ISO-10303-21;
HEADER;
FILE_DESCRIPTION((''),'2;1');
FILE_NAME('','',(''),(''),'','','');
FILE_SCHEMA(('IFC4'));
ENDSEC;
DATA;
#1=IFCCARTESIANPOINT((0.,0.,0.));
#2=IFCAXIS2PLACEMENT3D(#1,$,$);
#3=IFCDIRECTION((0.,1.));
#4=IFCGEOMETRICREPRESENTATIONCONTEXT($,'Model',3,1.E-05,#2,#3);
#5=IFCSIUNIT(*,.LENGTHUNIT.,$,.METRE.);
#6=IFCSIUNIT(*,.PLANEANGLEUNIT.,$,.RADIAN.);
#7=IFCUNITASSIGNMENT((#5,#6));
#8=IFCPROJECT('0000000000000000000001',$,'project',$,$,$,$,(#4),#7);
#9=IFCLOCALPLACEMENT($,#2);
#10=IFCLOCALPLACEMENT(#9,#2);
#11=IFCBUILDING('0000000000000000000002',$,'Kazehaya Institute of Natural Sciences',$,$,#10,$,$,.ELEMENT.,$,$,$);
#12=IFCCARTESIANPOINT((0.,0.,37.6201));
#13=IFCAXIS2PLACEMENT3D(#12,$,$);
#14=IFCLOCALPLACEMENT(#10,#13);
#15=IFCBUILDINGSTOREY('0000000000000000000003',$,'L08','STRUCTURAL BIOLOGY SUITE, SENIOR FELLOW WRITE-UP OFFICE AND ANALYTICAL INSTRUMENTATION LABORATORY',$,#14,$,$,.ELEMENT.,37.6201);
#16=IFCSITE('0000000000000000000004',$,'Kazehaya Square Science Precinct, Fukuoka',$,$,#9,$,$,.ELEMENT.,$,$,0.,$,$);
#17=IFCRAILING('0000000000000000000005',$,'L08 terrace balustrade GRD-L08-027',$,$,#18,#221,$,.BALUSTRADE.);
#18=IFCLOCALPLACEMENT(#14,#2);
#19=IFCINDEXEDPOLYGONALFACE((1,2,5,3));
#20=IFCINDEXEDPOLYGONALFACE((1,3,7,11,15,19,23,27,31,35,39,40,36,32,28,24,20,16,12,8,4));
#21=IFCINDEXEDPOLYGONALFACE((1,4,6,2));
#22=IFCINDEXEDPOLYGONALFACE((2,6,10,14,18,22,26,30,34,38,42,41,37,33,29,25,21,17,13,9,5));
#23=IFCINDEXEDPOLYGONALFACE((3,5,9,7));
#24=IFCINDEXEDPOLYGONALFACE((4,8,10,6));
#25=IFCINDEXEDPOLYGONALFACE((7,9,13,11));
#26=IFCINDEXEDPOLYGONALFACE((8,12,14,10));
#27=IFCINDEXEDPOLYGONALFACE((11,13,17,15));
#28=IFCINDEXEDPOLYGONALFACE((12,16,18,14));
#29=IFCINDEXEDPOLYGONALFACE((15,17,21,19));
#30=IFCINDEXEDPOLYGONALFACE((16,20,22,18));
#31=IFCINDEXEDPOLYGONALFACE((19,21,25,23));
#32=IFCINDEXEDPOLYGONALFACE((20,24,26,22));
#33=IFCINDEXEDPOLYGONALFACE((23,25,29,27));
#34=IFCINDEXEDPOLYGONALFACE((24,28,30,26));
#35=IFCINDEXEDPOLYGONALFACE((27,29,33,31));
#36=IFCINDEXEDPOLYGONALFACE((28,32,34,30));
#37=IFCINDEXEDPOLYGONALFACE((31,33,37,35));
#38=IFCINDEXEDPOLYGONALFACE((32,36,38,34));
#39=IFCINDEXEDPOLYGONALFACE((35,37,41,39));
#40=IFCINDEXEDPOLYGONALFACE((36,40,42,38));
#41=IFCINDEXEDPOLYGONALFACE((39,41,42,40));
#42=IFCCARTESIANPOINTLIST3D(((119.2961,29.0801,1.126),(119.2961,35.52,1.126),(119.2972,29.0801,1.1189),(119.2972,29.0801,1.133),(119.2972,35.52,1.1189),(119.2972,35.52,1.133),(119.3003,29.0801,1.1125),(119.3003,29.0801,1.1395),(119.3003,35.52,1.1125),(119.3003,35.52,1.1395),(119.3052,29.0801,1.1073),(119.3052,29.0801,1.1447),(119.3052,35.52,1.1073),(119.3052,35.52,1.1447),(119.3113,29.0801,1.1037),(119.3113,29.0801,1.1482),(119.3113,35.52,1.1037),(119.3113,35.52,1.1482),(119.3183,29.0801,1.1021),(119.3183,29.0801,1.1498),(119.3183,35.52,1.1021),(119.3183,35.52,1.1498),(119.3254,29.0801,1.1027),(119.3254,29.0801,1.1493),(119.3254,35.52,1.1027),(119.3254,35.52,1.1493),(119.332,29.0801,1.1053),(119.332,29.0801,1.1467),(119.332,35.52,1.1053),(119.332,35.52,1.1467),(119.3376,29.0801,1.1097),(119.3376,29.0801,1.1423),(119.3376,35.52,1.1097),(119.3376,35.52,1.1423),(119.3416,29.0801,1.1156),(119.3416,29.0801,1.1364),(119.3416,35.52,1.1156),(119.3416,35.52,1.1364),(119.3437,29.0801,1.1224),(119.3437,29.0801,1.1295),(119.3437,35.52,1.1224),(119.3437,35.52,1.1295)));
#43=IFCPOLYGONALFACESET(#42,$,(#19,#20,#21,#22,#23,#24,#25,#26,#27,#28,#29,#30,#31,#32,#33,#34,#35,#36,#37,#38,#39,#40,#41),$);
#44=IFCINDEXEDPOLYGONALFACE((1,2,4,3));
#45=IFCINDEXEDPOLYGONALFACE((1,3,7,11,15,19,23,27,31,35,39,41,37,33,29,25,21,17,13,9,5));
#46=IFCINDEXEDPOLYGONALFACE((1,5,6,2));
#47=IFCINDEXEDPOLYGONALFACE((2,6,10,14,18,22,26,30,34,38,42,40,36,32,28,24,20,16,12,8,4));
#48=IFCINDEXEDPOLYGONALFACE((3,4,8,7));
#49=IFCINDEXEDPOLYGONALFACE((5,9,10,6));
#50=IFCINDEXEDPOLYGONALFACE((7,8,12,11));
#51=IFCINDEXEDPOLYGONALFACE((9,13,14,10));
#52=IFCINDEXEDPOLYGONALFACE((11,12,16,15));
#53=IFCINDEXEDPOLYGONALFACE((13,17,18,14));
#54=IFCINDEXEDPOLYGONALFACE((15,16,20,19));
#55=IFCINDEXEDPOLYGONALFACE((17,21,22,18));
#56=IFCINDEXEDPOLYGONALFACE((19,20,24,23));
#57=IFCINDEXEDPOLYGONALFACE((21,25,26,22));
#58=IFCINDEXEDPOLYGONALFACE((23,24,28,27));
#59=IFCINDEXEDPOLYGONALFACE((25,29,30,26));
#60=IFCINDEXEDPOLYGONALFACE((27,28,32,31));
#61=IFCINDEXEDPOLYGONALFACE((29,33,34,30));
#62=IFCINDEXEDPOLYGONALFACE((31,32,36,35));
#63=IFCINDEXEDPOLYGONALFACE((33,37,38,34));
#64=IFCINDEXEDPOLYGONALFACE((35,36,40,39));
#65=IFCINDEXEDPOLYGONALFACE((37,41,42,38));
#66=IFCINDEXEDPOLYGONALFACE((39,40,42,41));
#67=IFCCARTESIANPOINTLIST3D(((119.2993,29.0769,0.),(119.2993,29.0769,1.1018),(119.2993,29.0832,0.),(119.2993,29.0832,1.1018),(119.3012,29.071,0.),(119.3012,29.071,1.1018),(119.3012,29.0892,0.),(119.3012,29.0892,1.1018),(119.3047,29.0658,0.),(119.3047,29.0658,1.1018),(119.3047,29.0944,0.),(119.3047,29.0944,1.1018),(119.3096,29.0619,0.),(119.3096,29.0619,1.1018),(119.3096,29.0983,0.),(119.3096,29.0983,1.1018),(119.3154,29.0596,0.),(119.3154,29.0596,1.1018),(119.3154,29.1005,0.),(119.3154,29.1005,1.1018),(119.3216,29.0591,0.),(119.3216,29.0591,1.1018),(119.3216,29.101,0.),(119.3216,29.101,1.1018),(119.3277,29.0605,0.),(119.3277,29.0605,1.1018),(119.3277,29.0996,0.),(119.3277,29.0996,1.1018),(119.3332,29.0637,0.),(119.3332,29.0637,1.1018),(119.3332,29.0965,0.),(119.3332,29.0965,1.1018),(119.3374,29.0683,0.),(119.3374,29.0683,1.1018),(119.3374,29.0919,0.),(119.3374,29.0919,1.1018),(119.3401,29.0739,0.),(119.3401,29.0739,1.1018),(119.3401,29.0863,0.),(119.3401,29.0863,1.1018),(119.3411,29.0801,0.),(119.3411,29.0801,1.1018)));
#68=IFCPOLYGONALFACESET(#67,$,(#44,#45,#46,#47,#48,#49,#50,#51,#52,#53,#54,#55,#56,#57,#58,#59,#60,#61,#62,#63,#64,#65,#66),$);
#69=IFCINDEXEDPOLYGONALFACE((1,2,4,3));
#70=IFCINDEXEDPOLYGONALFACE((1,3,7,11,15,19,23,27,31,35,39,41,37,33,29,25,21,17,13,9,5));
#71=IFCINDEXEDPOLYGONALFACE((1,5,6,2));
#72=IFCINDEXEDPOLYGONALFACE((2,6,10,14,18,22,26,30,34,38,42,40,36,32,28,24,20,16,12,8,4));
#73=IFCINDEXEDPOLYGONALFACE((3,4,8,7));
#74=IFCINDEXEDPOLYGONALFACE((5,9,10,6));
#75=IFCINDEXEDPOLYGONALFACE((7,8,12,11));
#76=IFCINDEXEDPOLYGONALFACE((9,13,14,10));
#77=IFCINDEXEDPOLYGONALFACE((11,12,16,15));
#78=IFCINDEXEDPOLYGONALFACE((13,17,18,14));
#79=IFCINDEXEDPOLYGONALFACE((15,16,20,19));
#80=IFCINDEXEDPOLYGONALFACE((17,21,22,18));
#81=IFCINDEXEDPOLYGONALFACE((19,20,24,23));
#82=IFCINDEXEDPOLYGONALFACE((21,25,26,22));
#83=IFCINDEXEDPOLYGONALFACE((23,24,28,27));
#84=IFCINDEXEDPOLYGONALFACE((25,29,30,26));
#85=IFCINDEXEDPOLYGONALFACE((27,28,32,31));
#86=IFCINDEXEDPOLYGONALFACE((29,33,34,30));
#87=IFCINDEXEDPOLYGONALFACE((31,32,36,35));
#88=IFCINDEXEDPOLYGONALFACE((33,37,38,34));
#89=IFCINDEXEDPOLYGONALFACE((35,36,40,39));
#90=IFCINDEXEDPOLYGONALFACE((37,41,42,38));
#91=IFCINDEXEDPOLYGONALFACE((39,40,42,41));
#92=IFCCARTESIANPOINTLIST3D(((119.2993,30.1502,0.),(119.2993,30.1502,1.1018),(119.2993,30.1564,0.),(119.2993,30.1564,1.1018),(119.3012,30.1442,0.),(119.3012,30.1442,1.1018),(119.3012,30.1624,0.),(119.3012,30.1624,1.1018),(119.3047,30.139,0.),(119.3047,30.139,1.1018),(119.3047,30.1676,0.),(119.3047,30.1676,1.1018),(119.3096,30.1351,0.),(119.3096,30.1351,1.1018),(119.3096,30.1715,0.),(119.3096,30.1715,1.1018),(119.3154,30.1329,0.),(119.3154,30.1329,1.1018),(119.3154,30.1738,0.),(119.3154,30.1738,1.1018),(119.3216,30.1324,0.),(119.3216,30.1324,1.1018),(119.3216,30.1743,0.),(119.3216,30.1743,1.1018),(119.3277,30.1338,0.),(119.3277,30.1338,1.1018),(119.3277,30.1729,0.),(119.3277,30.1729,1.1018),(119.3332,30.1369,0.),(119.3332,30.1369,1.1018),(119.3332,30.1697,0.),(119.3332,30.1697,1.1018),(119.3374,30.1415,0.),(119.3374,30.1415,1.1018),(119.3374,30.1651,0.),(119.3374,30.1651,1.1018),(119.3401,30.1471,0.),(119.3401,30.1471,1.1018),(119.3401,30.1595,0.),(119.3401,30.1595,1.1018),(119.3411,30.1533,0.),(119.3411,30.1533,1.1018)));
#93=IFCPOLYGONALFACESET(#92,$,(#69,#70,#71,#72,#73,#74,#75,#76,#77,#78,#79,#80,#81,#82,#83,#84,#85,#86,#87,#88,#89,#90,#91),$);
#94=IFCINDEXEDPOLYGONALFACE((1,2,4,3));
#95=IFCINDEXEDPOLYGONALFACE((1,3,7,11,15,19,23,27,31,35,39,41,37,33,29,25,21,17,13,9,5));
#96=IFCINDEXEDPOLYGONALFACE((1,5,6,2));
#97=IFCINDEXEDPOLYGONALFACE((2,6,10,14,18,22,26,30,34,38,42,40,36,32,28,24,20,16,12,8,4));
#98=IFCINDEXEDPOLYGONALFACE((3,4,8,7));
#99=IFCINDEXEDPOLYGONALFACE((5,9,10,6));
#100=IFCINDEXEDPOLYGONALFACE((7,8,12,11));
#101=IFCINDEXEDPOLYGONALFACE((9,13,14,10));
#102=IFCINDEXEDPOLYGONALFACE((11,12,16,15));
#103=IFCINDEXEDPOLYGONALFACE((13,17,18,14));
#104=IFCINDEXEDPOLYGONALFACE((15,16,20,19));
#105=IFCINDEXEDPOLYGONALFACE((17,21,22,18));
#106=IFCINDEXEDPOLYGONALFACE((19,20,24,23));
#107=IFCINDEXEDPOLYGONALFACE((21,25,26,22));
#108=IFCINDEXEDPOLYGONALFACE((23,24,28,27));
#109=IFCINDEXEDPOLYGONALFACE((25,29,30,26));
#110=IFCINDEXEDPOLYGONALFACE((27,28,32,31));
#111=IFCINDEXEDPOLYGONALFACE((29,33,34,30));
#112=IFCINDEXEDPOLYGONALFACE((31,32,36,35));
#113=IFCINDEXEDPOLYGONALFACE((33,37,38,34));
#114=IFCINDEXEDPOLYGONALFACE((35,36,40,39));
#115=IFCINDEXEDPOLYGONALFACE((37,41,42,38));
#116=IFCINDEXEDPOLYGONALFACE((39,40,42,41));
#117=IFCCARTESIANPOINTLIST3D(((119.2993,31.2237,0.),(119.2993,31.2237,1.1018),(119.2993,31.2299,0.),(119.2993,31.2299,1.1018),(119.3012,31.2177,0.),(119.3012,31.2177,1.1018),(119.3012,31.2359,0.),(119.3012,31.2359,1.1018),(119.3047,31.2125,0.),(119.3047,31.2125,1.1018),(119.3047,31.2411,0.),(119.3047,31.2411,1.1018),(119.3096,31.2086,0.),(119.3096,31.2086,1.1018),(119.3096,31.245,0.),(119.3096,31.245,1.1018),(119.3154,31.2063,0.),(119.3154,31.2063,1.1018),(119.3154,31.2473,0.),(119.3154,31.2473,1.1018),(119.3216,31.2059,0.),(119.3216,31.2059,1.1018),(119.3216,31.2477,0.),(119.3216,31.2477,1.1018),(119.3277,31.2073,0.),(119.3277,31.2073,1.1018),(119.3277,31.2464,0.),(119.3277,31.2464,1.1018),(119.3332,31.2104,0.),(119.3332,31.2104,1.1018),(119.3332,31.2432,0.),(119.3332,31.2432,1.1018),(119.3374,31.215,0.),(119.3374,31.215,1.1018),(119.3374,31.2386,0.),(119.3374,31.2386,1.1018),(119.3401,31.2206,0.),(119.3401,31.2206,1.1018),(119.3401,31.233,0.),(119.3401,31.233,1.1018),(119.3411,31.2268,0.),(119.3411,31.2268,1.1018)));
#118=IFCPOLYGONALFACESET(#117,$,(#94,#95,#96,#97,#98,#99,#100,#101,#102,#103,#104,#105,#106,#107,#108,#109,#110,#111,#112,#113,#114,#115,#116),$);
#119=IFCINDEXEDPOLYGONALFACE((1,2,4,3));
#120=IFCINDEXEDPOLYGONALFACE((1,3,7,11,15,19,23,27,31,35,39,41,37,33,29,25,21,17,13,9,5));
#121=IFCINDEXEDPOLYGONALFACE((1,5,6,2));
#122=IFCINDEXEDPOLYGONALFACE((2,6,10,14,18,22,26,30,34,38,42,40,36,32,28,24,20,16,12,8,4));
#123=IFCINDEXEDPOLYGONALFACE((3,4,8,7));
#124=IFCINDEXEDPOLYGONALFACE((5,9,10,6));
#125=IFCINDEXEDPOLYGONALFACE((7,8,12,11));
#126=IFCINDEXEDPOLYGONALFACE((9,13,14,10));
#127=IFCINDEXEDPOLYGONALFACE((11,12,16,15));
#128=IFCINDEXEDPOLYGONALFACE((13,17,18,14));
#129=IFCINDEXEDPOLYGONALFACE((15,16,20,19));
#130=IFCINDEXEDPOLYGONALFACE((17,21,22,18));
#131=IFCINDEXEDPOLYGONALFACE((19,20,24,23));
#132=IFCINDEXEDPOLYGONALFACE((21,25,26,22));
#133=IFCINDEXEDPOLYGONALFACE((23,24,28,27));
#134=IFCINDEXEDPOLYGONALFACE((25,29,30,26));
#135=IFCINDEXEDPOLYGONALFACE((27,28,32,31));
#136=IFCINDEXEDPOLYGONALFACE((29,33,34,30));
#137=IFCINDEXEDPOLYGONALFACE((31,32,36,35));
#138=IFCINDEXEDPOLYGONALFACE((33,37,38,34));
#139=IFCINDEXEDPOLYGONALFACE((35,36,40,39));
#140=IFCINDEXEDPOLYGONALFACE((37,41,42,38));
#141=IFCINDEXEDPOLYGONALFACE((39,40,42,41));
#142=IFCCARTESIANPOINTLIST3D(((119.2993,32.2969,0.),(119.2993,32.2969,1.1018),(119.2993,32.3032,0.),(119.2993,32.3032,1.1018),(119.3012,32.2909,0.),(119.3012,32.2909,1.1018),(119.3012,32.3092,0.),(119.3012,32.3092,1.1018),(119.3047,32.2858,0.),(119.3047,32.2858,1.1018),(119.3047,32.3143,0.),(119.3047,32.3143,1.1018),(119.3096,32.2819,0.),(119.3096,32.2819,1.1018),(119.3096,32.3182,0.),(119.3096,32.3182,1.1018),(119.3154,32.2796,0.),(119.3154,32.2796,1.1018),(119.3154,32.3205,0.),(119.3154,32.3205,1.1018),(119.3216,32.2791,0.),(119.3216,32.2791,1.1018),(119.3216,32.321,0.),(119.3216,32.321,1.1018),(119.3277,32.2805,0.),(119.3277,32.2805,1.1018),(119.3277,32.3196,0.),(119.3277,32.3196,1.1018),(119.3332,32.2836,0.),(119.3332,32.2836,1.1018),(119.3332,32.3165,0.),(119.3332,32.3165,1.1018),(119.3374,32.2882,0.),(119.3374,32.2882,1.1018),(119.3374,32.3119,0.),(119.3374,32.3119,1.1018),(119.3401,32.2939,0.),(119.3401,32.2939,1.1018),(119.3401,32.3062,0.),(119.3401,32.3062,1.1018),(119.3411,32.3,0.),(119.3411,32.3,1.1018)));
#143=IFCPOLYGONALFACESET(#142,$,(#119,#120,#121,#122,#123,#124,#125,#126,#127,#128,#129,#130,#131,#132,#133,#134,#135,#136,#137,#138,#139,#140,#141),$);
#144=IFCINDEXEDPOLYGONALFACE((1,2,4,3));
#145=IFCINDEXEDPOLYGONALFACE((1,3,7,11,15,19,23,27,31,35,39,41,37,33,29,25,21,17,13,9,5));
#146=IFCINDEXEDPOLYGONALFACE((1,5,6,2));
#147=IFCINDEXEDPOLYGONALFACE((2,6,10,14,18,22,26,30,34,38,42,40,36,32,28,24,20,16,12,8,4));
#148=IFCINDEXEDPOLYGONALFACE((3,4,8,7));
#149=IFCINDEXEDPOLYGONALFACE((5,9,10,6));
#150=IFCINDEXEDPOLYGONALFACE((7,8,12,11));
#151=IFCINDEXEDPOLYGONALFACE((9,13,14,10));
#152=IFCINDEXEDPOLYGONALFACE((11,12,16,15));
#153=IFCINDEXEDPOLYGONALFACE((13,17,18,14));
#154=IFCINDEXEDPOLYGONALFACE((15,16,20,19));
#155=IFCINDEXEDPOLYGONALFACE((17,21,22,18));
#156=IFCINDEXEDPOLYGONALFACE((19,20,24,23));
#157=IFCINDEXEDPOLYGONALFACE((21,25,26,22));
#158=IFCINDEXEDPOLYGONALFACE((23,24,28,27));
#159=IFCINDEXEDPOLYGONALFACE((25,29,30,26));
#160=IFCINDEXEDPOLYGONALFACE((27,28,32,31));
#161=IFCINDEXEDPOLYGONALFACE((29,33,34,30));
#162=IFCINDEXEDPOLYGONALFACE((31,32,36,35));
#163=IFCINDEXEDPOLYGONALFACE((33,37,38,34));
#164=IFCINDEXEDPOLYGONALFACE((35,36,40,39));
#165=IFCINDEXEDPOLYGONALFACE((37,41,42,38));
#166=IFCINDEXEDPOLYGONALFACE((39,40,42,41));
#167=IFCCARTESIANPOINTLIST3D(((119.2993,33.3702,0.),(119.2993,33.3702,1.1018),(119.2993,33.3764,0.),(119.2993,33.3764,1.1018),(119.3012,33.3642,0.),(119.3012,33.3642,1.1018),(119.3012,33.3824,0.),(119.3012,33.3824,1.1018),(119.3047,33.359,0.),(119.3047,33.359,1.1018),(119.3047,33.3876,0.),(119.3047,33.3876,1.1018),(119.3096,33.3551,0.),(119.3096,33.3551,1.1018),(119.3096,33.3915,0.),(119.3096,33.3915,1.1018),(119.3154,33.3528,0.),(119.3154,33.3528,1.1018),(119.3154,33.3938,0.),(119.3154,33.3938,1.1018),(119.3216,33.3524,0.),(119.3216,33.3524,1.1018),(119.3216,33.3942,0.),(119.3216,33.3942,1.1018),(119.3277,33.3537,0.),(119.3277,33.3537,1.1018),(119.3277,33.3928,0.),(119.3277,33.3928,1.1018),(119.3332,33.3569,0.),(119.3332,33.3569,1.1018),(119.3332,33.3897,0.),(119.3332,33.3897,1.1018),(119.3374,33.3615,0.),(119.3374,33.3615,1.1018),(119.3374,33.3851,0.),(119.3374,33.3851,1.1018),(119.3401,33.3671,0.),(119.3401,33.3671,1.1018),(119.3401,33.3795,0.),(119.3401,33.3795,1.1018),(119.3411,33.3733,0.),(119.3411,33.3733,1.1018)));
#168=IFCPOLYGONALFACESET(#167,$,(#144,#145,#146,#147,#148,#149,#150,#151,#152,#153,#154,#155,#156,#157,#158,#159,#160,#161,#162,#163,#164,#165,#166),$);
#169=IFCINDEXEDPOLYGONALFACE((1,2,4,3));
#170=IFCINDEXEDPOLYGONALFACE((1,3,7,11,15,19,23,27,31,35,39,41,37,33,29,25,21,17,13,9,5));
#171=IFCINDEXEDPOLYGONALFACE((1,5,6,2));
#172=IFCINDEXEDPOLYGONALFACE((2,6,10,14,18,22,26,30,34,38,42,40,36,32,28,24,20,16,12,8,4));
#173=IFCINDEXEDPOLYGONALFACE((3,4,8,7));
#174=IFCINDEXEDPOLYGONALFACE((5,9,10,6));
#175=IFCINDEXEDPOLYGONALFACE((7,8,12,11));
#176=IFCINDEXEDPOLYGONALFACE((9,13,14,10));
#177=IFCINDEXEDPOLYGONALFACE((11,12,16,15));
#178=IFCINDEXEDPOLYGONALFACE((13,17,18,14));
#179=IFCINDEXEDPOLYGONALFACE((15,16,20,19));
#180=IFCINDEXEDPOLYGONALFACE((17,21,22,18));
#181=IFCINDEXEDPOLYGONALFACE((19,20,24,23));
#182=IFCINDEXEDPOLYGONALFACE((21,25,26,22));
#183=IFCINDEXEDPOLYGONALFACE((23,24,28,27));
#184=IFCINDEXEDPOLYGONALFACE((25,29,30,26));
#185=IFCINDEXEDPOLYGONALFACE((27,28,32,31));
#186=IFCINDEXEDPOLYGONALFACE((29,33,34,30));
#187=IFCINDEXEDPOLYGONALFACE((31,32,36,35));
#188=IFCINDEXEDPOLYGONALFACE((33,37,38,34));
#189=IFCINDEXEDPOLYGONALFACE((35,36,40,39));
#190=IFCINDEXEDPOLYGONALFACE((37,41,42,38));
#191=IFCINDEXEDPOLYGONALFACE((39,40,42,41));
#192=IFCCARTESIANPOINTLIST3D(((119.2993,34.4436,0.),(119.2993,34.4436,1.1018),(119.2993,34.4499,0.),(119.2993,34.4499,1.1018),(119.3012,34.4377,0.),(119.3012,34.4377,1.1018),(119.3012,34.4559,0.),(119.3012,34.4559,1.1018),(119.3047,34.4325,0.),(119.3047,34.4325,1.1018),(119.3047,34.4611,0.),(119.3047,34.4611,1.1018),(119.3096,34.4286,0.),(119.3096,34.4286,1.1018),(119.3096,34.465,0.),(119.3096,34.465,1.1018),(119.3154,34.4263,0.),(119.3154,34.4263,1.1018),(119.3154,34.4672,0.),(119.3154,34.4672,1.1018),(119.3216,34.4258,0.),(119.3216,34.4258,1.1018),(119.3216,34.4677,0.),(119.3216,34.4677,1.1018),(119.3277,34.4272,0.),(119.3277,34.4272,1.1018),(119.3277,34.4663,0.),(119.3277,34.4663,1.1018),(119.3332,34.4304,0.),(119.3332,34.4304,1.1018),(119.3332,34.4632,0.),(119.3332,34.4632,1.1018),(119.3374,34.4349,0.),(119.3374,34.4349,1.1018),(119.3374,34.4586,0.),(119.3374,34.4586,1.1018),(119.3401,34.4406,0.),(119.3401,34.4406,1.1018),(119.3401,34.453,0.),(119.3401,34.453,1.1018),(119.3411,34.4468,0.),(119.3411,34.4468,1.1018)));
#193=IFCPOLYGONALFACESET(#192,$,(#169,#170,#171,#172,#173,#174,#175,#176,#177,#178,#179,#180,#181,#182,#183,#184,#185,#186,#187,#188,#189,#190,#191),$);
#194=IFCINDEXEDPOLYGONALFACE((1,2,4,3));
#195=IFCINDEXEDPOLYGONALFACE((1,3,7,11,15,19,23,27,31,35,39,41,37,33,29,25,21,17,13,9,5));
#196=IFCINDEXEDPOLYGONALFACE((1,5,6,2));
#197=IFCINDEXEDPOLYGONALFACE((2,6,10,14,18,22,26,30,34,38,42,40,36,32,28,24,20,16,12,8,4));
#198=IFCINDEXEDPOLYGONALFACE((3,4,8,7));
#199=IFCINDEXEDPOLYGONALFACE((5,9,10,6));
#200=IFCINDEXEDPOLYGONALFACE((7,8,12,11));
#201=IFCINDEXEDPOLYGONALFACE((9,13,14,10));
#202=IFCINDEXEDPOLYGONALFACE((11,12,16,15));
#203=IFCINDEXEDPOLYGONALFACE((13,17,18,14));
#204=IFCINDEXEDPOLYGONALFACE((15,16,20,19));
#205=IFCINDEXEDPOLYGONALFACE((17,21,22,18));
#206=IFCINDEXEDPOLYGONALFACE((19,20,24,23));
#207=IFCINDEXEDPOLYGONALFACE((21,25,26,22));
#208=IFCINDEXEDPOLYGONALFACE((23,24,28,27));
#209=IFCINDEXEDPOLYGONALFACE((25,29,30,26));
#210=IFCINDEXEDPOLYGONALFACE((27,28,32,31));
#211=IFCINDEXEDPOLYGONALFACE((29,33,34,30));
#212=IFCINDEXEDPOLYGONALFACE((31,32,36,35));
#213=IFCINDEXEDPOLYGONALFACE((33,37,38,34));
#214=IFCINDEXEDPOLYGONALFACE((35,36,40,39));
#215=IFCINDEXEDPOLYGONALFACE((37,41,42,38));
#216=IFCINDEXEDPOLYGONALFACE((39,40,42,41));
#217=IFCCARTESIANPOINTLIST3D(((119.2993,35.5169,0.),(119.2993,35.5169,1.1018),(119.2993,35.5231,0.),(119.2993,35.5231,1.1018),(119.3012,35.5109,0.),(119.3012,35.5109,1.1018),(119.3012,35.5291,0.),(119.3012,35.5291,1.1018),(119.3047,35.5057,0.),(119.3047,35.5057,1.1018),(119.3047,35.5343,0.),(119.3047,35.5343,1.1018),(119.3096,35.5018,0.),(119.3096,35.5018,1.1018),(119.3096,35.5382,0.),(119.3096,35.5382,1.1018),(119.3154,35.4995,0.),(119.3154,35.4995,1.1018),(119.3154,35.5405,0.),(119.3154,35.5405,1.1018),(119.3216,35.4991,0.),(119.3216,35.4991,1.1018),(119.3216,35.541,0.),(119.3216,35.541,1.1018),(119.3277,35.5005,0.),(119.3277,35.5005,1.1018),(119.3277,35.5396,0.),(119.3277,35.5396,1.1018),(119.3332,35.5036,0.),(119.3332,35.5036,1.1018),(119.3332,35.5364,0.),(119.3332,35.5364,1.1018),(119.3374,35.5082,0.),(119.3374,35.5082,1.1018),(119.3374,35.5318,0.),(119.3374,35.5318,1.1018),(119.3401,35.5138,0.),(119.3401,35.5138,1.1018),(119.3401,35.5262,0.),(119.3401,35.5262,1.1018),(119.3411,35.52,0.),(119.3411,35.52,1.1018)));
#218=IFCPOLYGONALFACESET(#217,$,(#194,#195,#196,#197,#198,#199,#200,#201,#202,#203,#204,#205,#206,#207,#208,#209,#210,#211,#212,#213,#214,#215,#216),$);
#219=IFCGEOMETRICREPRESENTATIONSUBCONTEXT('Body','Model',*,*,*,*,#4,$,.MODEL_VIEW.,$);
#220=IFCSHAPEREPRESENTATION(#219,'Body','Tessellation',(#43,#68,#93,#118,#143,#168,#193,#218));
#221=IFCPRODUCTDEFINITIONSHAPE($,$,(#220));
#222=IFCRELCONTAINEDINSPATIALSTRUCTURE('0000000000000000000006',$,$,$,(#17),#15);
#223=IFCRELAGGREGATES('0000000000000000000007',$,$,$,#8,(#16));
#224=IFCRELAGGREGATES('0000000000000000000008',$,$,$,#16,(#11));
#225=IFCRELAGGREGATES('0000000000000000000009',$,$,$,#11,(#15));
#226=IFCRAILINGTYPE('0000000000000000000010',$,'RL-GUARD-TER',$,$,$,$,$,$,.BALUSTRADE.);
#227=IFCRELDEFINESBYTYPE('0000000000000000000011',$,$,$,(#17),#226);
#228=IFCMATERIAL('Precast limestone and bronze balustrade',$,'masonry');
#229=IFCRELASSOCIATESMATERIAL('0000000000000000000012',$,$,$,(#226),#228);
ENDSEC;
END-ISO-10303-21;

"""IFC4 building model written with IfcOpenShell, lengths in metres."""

from ifc_helpers import new_model, si_unit, direction, frame, origin, origin_2d, place, context, subcontext, project, spatial, circle, extrude, material, type_object, element, save


model = new_model("IFC4")

# Units and contexts
model_context = context("Model", 3, precision=1e-05, world=origin(), true_north=direction((0.0, 1.0)))
body_context = subcontext(model_context, "Body", "Model", "MODEL_VIEW")
ifc_project = project(units=[si_unit("LENGTHUNIT", "METRE"), si_unit("PLANEANGLEUNIT", "RADIAN")], contexts=[model_context])

# Site, building, storey
site_placement = place(None, origin())
site = spatial("IfcSite", under=ifc_project, at=site_placement, Name="Kazehaya Square Science Precinct, Fukuoka", CompositionType="ELEMENT", RefElevation=0.0)
building_placement = place(site_placement, origin())
building = spatial("IfcBuilding", under=site, at=building_placement, Name="Kazehaya Institute of Natural Sciences", CompositionType="ELEMENT")
storey_placement = place(building_placement, frame((0.0, 0.0, 37.6201)))
storey = spatial("IfcBuildingStorey", under=building, at=storey_placement, Name="L08", Description="STRUCTURAL BIOLOGY SUITE, SENIOR FELLOW WRITE-UP OFFICE AND ANALYTICAL INSTRUMENTATION LABORATORY", CompositionType="ELEMENT", Elevation=37.6201)

# Railing
ifc_material_1 = material(Name="Precast limestone and bronze balustrade", Category="masonry")
railing_type_1 = type_object("IfcRailingType", Name="RL-GUARD-TER", PredefinedType="BALUSTRADE", material=ifc_material_1)
railing_1_placement = place(storey_placement, frame((119.3201, 29.0801, 0.0)))
element("IfcRailing", 1, at=railing_1_placement, inside=storey, type_object=railing_type_1, Name="L08 terrace balustrade GRD-L08-027", PredefinedType="BALUSTRADE", context=body_context, shape_type="SweptSolid", body=[
    extrude(circle(Radius=0.0239, at=origin_2d()), frame((0.0, 0.0, 1.126), z_axis=(0.0, 1.0, 0.0), x_axis=(-1.0, 0.0, 0.0)), (0.0, 0.0, 1.0), 6.4399),
    extrude(circle(Radius=0.021, at=origin_2d()), origin(), (0.0, 0.0, 1.0), 1.1018),
    extrude(circle(Radius=0.021, at=origin_2d()), frame((0.0, 1.0732, 0.0)), (0.0, 0.0, 1.0), 1.1018),
    extrude(circle(Radius=0.021, at=origin_2d()), frame((0.0, 2.1467, 0.0)), (0.0, 0.0, 1.0), 1.1018),
    extrude(circle(Radius=0.021, at=origin_2d()), frame((0.0, 3.22, 0.0)), (0.0, 0.0, 1.0), 1.1018),
    extrude(circle(Radius=0.021, at=origin_2d()), frame((0.0, 4.2932, 0.0)), (0.0, 0.0, 1.0), 1.1018),
    extrude(circle(Radius=0.021, at=origin_2d()), frame((0.0, 5.3667, 0.0)), (0.0, 0.0, 1.0), 1.1018),
    extrude(circle(Radius=0.021, at=origin_2d()), frame((0.0, 6.4399, 0.0)), (0.0, 0.0, 1.0), 1.1018),
])

save(model, "model.ifc")
